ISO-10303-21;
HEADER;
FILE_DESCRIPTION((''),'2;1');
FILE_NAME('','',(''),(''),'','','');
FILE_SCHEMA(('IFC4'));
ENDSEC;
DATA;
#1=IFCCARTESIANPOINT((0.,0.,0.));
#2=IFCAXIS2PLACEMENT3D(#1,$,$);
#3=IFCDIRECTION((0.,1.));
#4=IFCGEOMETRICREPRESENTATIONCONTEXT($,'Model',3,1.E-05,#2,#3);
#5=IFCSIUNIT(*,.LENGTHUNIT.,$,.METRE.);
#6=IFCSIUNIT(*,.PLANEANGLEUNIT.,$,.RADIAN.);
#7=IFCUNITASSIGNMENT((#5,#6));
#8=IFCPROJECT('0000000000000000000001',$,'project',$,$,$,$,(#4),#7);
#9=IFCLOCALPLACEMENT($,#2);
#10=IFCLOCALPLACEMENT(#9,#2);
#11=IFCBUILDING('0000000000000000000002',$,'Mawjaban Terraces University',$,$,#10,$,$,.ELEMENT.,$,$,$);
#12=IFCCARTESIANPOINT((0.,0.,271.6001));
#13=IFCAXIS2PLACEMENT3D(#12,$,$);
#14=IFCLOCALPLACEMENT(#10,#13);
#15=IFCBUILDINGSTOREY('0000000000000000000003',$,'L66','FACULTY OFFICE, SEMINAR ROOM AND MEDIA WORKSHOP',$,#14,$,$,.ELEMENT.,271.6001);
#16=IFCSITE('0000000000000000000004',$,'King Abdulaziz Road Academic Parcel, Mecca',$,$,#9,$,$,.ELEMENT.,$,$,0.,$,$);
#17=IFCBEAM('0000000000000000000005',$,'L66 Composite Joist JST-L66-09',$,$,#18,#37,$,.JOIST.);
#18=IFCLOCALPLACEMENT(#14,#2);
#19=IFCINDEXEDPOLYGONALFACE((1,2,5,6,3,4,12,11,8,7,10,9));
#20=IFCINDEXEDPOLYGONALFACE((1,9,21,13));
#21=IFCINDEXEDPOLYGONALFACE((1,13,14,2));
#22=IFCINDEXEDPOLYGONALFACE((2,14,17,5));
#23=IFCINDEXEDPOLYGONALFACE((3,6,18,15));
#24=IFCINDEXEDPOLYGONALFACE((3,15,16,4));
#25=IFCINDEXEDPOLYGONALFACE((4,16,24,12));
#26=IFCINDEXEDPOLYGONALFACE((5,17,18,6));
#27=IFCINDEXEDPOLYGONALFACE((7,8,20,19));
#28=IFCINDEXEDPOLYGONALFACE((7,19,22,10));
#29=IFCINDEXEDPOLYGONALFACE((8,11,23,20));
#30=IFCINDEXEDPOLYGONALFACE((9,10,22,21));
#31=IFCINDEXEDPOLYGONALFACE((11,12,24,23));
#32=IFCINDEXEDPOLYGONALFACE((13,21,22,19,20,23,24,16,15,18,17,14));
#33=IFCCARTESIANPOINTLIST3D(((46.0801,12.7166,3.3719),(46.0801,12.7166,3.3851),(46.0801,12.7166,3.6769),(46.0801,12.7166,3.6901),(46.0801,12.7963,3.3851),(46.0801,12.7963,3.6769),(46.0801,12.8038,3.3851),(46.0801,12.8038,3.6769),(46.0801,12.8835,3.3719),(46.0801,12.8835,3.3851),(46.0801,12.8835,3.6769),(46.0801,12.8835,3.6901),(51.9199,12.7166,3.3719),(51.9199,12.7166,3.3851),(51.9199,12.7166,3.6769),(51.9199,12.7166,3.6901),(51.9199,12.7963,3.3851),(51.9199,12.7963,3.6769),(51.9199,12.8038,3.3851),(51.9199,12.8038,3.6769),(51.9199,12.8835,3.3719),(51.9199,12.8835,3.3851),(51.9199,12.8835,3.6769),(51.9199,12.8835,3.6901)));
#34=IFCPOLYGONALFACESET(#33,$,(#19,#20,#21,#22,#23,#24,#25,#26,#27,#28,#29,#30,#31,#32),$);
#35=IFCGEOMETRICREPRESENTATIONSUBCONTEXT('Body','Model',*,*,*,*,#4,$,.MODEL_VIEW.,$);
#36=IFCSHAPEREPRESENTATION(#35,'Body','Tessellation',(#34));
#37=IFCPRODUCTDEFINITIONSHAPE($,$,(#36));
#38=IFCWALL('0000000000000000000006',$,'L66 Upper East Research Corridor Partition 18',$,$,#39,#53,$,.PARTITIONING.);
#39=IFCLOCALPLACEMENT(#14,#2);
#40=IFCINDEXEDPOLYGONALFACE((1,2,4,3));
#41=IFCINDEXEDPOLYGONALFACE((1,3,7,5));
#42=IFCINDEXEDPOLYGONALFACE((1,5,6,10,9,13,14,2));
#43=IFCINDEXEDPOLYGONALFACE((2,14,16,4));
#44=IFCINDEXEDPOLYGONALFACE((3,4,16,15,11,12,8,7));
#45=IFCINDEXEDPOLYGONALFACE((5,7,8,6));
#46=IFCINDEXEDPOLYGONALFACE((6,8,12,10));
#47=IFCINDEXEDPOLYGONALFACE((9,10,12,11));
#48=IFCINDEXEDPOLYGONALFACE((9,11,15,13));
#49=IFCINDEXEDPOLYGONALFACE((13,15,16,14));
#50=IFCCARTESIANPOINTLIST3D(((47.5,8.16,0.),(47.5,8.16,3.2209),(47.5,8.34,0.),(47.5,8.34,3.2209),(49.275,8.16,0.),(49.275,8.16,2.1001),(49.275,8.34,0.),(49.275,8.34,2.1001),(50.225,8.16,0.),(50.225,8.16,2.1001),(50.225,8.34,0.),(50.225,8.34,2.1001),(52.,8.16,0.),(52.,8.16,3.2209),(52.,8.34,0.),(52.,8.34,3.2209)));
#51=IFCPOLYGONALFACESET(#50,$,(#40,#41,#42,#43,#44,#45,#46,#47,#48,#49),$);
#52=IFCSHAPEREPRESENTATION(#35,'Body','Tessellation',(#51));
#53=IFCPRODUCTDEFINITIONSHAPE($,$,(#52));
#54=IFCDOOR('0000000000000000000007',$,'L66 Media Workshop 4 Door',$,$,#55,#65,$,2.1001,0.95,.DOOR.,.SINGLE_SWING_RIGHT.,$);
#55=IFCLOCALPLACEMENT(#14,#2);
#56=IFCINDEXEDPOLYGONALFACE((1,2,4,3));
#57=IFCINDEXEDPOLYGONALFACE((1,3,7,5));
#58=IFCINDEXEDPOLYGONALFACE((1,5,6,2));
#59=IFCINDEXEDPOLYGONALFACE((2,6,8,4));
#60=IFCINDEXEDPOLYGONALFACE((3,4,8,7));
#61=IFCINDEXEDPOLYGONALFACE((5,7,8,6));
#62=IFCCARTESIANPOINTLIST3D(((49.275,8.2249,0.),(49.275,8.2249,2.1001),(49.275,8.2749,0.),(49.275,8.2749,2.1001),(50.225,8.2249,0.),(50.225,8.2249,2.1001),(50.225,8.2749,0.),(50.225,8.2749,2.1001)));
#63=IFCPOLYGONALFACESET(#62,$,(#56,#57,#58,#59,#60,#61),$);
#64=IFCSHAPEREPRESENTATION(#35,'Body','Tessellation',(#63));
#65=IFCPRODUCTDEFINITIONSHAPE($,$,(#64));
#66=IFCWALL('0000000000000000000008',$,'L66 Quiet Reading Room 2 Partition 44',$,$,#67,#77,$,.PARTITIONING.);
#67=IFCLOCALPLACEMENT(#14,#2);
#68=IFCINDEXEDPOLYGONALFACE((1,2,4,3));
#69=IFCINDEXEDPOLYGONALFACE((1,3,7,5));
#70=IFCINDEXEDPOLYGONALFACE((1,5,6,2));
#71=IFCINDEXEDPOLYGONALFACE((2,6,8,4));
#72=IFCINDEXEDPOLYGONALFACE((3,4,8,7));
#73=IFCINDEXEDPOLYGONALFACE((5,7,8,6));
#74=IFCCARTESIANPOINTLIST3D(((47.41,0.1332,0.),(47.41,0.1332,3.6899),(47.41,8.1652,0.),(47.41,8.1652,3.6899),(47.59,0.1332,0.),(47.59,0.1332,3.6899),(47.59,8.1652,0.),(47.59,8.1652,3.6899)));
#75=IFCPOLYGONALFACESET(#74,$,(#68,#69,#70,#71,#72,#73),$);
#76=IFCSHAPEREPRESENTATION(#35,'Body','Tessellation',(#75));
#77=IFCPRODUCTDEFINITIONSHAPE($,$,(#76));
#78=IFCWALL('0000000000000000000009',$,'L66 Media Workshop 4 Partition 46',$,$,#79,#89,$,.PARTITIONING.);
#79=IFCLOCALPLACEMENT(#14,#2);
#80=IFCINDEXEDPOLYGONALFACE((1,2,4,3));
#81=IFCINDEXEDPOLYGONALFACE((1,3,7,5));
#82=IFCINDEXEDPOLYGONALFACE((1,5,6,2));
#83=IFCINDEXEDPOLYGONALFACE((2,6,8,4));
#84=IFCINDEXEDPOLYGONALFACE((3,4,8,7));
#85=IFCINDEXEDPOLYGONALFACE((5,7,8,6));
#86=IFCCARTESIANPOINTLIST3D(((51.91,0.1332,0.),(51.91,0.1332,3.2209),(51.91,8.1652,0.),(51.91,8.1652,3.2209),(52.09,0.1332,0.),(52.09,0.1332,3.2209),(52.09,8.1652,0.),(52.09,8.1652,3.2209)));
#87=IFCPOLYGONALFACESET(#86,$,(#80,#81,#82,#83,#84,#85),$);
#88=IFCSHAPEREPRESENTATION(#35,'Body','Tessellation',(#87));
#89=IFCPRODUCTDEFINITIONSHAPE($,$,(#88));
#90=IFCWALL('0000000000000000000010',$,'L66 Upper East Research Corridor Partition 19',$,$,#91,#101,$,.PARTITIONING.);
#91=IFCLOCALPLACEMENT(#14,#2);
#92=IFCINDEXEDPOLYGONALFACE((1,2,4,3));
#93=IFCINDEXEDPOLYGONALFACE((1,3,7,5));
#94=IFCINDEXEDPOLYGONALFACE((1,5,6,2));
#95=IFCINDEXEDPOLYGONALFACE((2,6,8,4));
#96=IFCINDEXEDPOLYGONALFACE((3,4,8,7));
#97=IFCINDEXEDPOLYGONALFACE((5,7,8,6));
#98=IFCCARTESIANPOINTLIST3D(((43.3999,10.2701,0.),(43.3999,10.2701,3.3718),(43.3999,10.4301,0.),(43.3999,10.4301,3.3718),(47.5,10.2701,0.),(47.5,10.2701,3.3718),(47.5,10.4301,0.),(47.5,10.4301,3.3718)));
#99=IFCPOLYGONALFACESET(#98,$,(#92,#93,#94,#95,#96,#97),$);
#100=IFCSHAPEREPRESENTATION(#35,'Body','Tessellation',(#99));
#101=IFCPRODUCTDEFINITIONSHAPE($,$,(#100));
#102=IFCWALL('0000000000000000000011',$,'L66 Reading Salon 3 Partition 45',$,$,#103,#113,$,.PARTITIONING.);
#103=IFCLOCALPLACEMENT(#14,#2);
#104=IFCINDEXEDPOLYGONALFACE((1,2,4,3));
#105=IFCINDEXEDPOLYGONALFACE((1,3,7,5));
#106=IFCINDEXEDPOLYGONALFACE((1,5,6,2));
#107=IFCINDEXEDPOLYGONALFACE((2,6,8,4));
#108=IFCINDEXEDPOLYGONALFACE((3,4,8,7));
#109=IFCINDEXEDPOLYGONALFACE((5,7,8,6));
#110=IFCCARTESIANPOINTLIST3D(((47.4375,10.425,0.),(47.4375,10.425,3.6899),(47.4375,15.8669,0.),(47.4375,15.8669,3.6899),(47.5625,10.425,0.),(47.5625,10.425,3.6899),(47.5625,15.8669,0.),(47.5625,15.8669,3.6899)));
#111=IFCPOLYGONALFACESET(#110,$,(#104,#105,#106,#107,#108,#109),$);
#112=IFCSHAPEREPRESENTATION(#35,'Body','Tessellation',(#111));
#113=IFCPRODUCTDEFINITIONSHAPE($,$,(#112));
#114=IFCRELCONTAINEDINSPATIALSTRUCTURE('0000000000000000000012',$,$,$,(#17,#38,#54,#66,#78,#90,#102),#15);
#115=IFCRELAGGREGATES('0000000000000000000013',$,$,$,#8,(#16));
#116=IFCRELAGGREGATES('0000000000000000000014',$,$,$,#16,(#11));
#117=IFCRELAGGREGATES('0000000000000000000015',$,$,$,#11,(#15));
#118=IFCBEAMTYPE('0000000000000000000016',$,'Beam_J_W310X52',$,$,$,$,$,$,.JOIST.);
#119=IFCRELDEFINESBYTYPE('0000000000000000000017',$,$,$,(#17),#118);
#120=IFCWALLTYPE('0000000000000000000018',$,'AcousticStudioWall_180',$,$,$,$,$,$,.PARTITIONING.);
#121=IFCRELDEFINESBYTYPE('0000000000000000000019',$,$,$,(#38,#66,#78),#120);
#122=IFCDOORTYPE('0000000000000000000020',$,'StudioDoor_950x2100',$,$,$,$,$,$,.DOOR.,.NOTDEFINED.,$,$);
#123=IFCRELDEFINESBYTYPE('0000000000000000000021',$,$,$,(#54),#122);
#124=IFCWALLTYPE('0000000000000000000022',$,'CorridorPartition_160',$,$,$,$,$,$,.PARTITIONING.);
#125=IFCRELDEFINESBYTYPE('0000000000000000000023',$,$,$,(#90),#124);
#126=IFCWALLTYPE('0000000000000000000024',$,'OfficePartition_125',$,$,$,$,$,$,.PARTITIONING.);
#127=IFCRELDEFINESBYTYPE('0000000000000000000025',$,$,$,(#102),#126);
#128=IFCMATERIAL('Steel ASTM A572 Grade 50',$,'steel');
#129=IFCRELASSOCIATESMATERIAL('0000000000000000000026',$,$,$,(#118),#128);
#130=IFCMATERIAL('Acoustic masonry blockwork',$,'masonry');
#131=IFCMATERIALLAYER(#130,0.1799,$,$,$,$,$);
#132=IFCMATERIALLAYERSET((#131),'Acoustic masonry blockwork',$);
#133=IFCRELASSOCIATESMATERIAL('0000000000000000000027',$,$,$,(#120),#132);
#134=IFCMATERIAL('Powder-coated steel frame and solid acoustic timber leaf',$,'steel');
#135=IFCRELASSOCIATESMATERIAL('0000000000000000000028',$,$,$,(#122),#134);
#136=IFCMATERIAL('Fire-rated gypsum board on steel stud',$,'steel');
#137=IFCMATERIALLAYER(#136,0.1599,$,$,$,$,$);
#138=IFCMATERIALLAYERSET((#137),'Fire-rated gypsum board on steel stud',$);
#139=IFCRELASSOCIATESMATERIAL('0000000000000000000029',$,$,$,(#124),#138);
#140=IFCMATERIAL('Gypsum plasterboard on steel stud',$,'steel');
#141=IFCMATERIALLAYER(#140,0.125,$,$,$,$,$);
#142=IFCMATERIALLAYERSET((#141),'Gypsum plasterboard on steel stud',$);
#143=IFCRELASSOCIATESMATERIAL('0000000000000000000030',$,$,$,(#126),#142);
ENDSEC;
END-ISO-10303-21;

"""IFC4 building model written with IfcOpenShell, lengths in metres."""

from ifc_helpers import new_model, si_unit, direction, frame, frame_2d, origin, origin_2d, place, context, subcontext, project, spatial, rectangle, i_section, extrude, material, layer, layer_set, material_profile, profile_set, type_object, element, fill, save


model = new_model("IFC4")

# Units and contexts
model_context = context("Model", 3, precision=1e-05, world=origin(), true_north=direction((0.0, 1.0)))
body_context = subcontext(model_context, "Body", "Model", "MODEL_VIEW")
ifc_project = project(units=[si_unit("LENGTHUNIT", "METRE"), si_unit("PLANEANGLEUNIT", "RADIAN")], contexts=[model_context])

# Site, building, storey
site_placement = place(None, origin())
site = spatial("IfcSite", under=ifc_project, at=site_placement, Name="King Abdulaziz Road Academic Parcel, Mecca", CompositionType="ELEMENT", RefElevation=0.0)
building_placement = place(site_placement, origin())
building = spatial("IfcBuilding", under=site, at=building_placement, Name="Mawjaban Terraces University", CompositionType="ELEMENT")
storey_placement = place(building_placement, frame((0.0, 0.0, 271.6001)))
storey = spatial("IfcBuildingStorey", under=building, at=storey_placement, Name="L66", Description="FACULTY OFFICE, SEMINAR ROOM AND MEDIA WORKSHOP", CompositionType="ELEMENT", Elevation=271.6001)

# Beam
ifc_material_1 = material(Name="Steel ASTM A572 Grade 50", Category="steel")
ifc_material_profile_1 = material_profile(ifc_material_1, i_section(OverallWidth=0.167, OverallDepth=0.3181, WebThickness=0.0076, FlangeThickness=0.0132, at=origin_2d()), Name="W310X52")
ifc_profile_set_1 = profile_set([ifc_material_profile_1], Name="Steel ASTM A572 Grade 50")
beam_type_1 = type_object("IfcBeamType", Name="Beam_J_W310X52", PredefinedType="JOIST", material=ifc_profile_set_1)
for number, where, z_axis, x_axis, name in (
    (1, (46.0801, 12.8, 3.531), (1.0, 0.0, 0.0), (0.0, 1.0, 0.0), "L66 Composite Joist JST-L66-09"),
):
    element("IfcBeam", number, at=place(storey_placement, frame(where, z_axis=z_axis, x_axis=x_axis)), inside=storey, type_object=beam_type_1, Name=name, PredefinedType="JOIST", context=body_context, shape_type="SweptSolid", body=[
        extrude(i_section(OverallWidth=0.167, OverallDepth=0.3181, WebThickness=0.0076, FlangeThickness=0.0132, at=origin_2d()), origin(), (0.0, 0.0, 1.0), 5.8398),
    ])

# Wall, opening, door
ifc_material_2 = material(Name="Acoustic masonry blockwork", Category="masonry")
ifc_layer_1 = layer(ifc_material_2, 0.1799)
ifc_layer_set_1 = layer_set([ifc_layer_1], Name="Acoustic masonry blockwork")
wall_type_1 = type_object("IfcWallType", Name="AcousticStudioWall_180", PredefinedType="PARTITIONING", material=ifc_layer_set_1)
wall_1_placement = place(storey_placement, frame((47.5, 8.25, 0.0), z_axis=(0.0, 0.0, 1.0), x_axis=(1.0, 0.0, 0.0)))
wall_1 = element("IfcWall", 2, at=wall_1_placement, inside=storey, type_object=wall_type_1, Name="L66 Upper East Research Corridor Partition 18", PredefinedType="PARTITIONING", context=body_context, shape_type="SweptSolid", body=[
    extrude(rectangle(XDim=4.5, YDim=0.1799, at=frame_2d((2.25, 0.0))), origin(), (0.0, 0.0, 1.0), 3.2209),
])
opening_placement = place(wall_1_placement, frame((1.7749, 0.0, 0.0)))
opening = element("IfcOpeningElement", 3, at=opening_placement, cuts=wall_1, PredefinedType="OPENING", context=body_context, shape_type="SweptSolid", body=[
    extrude(rectangle(XDim=0.95, YDim=2.1001, at=frame_2d((0.4751, 1.05))), frame((0.0, 0.0999, 0.0), z_axis=(0.0, -1.0, 0.0), x_axis=(1.0, 0.0, 0.0)), (0.0, 0.0, 1.0), 0.2),
])
ifc_material_3 = material(Name="Powder-coated steel frame and solid acoustic timber leaf", Category="steel")
door_type = type_object("IfcDoorType", Name="StudioDoor_950x2100", OperationType="NOTDEFINED", PredefinedType="DOOR", material=ifc_material_3)
door_placement = place(opening_placement, origin())
door = element("IfcDoor", 4, at=door_placement, inside=storey, type_object=door_type, Name="L66 Media Workshop 4 Door", OperationType="SINGLE_SWING_RIGHT", OverallHeight=2.1001, OverallWidth=0.95, PredefinedType="DOOR", context=body_context, shape_type="SweptSolid", body=[
    extrude(rectangle(XDim=0.95, YDim=2.1001, at=frame_2d((0.4751, 1.05))), frame((0.0, 0.0249, 0.0), z_axis=(0.0, -1.0, 0.0), x_axis=(1.0, 0.0, 0.0)), (0.0, 0.0, 1.0), 0.05),
])
fill(opening, door)

# Walls
wall_2_placement = place(storey_placement, frame((47.5, 0.1331, 0.0), z_axis=(0.0, 0.0, 1.0), x_axis=(0.0, 1.0, 0.0)))
element("IfcWall", 5, at=wall_2_placement, inside=storey, type_object=wall_type_1, Name="L66 Quiet Reading Room 2 Partition 44", PredefinedType="PARTITIONING", context=body_context, shape_type="SweptSolid", body=[
    extrude(rectangle(XDim=8.032, YDim=0.1799, at=frame_2d((4.0161, 0.0))), origin(), (0.0, 0.0, 1.0), 3.6899),
])
wall_3_placement = place(storey_placement, frame((52.0, 0.1331, 0.0), z_axis=(0.0, 0.0, 1.0), x_axis=(0.0, 1.0, 0.0)))
element("IfcWall", 6, at=wall_3_placement, inside=storey, type_object=wall_type_1, Name="L66 Media Workshop 4 Partition 46", PredefinedType="PARTITIONING", context=body_context, shape_type="SweptSolid", body=[
    extrude(rectangle(XDim=8.032, YDim=0.1799, at=frame_2d((4.0161, 0.0))), origin(), (0.0, 0.0, 1.0), 3.2209),
])
ifc_material_4 = material(Name="Fire-rated gypsum board on steel stud", Category="steel")
ifc_layer_2 = layer(ifc_material_4, 0.1599)
ifc_layer_set_2 = layer_set([ifc_layer_2], Name="Fire-rated gypsum board on steel stud")
wall_type_2 = type_object("IfcWallType", Name="CorridorPartition_160", PredefinedType="PARTITIONING", material=ifc_layer_set_2)
wall_4_placement = place(storey_placement, frame((47.5, 10.3501, 0.0), z_axis=(0.0, 0.0, 1.0), x_axis=(-1.0, 0.0, 0.0)))
element("IfcWall", 7, at=wall_4_placement, inside=storey, type_object=wall_type_2, Name="L66 Upper East Research Corridor Partition 19", PredefinedType="PARTITIONING", context=body_context, shape_type="SweptSolid", body=[
    extrude(rectangle(XDim=4.1001, YDim=0.1599, at=frame_2d((2.05, 0.0))), origin(), (0.0, 0.0, 1.0), 3.3718),
])
ifc_material_5 = material(Name="Gypsum plasterboard on steel stud", Category="steel")
ifc_layer_3 = layer(ifc_material_5, 0.125)
ifc_layer_set_3 = layer_set([ifc_layer_3], Name="Gypsum plasterboard on steel stud")
wall_type_3 = type_object("IfcWallType", Name="OfficePartition_125", PredefinedType="PARTITIONING", material=ifc_layer_set_3)
wall_5_placement = place(storey_placement, frame((47.5, 10.425, 0.0), z_axis=(0.0, 0.0, 1.0), x_axis=(0.0, 1.0, 0.0)))
element("IfcWall", 8, at=wall_5_placement, inside=storey, type_object=wall_type_3, Name="L66 Reading Salon 3 Partition 45", PredefinedType="PARTITIONING", context=body_context, shape_type="SweptSolid", body=[
    extrude(rectangle(XDim=5.4419, YDim=0.125, at=frame_2d((2.7209, 0.0))), origin(), (0.0, 0.0, 1.0), 3.6899),
])

save(model, "model.ifc")
